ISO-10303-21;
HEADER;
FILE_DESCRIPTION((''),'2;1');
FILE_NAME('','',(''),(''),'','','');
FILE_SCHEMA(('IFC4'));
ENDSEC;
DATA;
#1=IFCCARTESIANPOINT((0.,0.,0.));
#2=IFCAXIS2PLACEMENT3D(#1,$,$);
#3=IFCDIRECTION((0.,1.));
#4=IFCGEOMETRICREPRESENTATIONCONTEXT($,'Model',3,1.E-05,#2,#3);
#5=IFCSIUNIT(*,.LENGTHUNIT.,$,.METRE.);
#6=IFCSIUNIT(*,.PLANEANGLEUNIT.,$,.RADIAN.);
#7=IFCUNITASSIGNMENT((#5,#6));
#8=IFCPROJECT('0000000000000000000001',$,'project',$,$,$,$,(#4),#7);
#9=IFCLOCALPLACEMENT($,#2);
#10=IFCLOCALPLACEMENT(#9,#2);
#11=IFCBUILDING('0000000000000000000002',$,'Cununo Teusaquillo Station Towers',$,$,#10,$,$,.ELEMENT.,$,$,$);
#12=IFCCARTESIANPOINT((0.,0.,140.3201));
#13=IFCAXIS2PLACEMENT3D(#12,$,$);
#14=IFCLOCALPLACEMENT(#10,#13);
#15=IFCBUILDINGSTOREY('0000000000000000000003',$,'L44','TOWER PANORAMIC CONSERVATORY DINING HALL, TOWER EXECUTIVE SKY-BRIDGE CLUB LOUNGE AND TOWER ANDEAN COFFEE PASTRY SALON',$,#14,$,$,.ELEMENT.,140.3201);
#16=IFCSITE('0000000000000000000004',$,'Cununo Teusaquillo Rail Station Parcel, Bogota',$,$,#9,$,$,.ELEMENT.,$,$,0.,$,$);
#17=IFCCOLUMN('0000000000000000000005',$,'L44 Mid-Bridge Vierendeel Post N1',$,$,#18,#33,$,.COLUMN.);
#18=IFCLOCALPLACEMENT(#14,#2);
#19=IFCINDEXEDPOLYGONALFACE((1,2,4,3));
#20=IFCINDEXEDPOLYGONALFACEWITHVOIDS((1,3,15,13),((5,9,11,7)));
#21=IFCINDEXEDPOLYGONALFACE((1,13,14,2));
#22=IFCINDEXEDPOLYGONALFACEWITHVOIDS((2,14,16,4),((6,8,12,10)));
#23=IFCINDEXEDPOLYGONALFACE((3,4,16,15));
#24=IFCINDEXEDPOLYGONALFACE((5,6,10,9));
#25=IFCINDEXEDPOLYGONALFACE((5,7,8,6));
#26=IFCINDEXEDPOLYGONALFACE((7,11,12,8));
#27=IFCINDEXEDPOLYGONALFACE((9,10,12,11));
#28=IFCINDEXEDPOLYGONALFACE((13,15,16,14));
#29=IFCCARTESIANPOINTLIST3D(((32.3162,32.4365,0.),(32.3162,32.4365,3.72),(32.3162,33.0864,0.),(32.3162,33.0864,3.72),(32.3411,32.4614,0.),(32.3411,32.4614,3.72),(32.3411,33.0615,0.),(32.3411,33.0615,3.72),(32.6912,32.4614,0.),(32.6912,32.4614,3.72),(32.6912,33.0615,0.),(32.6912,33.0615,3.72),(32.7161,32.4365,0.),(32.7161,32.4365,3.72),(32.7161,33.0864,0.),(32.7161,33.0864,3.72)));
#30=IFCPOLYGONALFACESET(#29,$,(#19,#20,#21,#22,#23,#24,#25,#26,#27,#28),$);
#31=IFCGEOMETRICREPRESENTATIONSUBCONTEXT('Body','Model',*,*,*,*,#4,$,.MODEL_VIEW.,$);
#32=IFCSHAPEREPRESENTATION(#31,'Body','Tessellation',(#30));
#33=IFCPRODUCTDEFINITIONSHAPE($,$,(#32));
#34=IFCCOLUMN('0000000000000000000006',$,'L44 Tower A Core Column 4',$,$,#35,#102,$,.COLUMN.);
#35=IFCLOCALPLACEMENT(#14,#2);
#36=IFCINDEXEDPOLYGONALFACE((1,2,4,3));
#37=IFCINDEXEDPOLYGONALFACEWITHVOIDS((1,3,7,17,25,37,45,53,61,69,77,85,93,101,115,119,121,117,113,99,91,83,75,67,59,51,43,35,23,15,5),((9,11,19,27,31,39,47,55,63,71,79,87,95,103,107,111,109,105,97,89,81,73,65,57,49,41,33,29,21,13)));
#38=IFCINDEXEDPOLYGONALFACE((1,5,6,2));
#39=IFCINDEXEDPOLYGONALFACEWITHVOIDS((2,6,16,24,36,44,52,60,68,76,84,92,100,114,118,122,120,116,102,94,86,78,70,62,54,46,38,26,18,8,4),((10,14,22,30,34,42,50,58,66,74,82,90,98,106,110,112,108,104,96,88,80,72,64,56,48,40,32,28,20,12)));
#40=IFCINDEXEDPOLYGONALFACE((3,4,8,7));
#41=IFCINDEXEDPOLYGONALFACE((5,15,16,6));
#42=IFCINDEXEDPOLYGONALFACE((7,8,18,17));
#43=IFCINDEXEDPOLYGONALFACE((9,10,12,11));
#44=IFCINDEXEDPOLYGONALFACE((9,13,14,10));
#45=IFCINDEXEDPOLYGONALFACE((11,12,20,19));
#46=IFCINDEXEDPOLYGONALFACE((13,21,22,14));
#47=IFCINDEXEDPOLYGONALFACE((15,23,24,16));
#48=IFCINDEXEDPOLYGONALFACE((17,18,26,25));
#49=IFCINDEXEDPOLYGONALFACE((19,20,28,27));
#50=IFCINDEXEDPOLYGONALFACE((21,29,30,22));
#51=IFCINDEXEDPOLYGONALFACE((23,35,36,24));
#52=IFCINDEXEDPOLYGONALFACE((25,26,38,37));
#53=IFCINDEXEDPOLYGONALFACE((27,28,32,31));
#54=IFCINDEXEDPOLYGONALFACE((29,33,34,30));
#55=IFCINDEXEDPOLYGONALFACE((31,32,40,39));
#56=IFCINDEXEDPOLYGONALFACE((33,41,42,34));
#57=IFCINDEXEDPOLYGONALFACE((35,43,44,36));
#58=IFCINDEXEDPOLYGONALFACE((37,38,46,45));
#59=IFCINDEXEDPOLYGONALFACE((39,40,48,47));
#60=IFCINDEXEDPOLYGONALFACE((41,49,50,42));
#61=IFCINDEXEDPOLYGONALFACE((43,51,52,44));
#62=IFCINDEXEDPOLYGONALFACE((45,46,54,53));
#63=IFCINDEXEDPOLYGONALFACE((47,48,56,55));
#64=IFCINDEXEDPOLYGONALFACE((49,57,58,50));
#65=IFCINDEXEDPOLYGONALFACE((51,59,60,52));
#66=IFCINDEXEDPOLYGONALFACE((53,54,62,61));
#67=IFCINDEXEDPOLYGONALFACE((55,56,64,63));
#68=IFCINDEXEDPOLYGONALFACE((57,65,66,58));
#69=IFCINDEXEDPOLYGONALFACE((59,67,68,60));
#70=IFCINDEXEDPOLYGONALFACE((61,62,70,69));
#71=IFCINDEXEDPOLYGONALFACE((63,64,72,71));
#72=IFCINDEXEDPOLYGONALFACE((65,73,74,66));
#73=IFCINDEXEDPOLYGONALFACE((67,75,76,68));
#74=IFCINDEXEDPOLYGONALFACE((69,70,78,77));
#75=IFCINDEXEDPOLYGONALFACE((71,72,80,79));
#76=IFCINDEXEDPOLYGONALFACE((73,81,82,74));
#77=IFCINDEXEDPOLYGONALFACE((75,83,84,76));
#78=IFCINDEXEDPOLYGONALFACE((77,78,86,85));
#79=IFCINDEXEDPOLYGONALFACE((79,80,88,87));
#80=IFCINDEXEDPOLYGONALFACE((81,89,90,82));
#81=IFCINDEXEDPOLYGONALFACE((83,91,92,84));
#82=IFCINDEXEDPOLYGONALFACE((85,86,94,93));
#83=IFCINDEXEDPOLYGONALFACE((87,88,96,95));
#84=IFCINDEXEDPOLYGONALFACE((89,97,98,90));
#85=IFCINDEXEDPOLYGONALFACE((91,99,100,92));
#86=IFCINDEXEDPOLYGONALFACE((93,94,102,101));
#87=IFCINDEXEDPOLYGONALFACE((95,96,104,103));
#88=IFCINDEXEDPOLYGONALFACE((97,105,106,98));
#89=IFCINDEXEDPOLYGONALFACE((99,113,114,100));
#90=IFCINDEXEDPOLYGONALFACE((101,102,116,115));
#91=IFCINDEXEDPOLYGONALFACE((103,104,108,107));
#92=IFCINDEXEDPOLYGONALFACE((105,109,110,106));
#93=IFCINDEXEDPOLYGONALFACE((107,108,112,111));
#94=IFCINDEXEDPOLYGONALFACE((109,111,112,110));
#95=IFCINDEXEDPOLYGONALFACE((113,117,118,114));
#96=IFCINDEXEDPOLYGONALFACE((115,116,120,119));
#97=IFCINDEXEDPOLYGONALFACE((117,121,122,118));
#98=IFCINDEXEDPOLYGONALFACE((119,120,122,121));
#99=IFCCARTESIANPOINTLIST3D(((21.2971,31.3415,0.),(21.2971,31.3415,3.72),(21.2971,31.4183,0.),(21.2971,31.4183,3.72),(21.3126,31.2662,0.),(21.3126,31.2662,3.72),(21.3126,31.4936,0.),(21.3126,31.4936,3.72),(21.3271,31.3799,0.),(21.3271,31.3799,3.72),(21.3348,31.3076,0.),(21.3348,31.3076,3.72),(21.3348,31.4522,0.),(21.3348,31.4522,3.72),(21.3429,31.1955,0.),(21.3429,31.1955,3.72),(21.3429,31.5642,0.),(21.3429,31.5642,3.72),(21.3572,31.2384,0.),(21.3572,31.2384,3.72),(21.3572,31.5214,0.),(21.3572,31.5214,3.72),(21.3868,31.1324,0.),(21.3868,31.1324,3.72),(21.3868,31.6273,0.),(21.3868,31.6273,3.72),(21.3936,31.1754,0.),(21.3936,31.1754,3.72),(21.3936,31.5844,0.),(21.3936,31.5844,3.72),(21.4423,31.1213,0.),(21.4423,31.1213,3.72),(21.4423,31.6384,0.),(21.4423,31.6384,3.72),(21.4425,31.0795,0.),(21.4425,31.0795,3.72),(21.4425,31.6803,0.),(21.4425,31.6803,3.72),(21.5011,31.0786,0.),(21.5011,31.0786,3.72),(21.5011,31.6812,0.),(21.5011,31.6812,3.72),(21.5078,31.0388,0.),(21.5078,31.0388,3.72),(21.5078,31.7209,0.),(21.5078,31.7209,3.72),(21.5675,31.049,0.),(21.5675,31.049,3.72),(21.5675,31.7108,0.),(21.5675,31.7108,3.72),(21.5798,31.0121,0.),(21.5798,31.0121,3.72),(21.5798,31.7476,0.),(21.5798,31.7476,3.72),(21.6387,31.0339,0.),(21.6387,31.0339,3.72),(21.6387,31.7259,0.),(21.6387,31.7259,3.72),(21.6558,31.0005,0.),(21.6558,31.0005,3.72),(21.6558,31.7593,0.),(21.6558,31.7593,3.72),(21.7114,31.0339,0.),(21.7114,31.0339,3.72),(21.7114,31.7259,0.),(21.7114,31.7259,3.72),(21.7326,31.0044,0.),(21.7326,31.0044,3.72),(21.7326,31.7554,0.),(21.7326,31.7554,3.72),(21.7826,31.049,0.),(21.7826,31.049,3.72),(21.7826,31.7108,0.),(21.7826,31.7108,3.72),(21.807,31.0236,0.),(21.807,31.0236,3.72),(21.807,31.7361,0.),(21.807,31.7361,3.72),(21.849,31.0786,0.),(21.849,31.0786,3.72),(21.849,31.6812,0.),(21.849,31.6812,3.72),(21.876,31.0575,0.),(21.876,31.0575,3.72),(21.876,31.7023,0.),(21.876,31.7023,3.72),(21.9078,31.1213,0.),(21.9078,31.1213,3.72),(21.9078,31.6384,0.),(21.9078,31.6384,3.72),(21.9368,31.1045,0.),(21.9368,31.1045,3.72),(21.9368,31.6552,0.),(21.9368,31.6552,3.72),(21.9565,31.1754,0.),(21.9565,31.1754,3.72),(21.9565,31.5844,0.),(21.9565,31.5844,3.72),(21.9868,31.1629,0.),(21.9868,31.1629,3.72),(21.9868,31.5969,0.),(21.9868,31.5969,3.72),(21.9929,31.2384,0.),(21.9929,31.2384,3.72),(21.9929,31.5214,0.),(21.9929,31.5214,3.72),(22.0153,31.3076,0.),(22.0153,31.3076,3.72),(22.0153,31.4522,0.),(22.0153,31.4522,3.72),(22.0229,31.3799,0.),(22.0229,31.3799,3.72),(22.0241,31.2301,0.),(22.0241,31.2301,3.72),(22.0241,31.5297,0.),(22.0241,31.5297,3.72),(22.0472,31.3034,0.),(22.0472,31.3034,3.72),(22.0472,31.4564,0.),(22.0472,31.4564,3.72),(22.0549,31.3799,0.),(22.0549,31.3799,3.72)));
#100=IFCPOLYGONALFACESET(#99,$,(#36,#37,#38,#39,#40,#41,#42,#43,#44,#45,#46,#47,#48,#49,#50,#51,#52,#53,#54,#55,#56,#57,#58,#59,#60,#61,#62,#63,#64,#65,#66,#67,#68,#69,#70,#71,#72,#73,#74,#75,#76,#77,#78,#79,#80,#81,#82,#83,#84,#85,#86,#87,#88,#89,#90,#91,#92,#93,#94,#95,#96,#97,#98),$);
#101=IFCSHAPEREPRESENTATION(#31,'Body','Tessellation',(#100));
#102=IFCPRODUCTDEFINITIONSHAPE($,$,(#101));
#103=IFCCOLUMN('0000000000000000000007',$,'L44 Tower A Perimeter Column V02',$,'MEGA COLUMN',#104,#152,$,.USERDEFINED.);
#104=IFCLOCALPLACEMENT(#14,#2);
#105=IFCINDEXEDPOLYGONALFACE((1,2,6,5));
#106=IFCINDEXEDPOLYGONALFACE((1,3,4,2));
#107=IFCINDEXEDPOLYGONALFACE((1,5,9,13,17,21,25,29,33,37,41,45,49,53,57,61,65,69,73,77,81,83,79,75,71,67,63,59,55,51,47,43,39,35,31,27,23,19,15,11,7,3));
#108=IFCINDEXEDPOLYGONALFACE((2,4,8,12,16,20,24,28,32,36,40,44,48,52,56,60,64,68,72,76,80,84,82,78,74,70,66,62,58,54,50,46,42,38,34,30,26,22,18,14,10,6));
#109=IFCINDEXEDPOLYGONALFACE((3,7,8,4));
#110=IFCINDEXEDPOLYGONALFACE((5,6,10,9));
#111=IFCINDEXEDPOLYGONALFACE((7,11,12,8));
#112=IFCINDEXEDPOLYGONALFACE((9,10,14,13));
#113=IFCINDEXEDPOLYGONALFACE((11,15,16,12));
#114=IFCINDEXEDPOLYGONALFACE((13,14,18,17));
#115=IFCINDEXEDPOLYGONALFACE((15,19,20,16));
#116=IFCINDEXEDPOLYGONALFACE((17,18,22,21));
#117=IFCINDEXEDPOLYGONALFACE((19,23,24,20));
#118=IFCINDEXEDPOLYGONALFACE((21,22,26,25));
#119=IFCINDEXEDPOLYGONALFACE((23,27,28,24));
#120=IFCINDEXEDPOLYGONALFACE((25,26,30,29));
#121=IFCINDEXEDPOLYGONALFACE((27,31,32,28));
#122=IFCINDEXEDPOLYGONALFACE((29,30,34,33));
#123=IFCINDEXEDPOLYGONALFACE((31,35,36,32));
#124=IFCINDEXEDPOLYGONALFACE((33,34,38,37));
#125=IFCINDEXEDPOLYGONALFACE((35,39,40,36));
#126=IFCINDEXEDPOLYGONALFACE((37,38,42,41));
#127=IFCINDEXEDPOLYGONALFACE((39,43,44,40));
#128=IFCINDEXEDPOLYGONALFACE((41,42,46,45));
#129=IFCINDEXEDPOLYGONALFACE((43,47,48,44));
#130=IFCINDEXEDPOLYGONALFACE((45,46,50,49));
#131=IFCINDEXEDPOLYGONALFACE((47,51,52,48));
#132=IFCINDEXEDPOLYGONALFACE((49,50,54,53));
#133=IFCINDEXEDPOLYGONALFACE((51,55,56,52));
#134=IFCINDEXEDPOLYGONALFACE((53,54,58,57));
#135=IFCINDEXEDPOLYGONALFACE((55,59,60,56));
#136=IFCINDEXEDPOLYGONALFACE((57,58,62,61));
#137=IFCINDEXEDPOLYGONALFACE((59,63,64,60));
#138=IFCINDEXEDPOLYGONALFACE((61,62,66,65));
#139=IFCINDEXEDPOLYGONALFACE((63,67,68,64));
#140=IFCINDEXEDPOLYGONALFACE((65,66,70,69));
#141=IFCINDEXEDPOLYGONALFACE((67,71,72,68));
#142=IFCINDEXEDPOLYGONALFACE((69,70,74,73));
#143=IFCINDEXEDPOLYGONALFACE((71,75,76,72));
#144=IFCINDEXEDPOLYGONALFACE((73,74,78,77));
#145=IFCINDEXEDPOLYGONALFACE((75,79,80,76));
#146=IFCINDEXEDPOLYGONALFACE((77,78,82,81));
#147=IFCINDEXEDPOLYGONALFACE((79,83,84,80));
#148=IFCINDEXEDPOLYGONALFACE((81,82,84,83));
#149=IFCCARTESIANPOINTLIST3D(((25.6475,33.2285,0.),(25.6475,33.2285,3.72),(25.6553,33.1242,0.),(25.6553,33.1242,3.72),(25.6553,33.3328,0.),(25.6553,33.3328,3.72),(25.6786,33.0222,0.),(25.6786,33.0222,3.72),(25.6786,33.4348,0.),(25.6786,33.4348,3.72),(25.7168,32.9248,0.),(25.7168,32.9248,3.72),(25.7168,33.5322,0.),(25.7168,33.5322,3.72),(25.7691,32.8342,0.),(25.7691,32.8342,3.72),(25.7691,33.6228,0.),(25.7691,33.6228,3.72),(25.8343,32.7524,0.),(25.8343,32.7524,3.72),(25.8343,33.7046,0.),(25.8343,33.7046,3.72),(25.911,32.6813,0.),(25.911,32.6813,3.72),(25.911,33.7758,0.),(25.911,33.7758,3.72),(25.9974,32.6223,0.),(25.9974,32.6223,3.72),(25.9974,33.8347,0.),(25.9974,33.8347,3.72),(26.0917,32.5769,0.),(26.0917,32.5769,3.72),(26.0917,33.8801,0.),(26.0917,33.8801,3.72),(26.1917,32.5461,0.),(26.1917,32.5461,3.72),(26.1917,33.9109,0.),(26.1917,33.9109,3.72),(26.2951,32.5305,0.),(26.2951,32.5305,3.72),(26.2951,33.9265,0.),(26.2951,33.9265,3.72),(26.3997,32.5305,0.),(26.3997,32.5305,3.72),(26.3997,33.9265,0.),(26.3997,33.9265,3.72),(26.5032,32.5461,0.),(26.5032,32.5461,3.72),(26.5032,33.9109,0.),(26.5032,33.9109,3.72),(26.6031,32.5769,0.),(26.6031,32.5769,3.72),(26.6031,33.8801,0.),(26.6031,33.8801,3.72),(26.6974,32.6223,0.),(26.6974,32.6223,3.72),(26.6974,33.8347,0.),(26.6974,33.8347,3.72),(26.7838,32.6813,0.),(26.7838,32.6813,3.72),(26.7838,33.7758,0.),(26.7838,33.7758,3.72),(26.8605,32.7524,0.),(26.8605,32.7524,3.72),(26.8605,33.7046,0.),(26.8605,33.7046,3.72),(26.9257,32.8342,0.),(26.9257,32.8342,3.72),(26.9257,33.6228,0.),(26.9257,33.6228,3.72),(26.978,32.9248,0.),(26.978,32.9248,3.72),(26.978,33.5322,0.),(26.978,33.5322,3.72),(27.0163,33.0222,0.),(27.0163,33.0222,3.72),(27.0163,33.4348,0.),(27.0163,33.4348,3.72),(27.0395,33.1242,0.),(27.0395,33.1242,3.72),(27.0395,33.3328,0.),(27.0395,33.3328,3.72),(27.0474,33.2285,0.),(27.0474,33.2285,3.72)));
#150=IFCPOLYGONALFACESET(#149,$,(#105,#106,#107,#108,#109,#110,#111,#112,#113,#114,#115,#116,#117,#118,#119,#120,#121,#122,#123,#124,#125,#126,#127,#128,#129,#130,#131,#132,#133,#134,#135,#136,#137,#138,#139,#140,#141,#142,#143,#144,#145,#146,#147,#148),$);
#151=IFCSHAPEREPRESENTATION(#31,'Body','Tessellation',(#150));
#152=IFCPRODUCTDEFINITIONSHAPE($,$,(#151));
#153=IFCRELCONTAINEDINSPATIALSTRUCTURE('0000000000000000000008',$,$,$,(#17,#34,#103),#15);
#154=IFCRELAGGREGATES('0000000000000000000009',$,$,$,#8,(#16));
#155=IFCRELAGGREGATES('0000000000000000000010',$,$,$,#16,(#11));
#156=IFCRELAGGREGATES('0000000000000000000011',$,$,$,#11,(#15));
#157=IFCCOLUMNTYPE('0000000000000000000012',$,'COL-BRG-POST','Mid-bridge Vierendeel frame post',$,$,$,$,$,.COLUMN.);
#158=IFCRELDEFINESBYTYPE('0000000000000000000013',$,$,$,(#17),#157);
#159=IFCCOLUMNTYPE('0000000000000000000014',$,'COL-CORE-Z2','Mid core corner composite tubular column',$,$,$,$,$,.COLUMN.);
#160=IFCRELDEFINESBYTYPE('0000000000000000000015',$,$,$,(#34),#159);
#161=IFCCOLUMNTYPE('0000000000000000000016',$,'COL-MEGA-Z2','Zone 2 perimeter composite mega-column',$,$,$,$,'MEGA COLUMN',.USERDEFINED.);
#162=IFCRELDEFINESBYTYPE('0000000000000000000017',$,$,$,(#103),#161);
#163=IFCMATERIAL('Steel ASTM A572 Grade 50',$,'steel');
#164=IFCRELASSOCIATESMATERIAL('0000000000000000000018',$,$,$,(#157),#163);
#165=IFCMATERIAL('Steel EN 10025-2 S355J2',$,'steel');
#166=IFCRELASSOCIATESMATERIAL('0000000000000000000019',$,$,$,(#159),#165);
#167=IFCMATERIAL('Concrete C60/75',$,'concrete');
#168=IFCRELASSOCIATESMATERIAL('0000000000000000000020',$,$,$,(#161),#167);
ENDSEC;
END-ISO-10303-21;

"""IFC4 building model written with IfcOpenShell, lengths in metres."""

from ifc_helpers import new_model, si_unit, direction, frame, origin, origin_2d, place, context, subcontext, project, spatial, hollow_rectangle, circle, hollow_circle, extrude, material, material_profile, profile_set, type_object, element, save


model = new_model("IFC4")

# Units and contexts
model_context = context("Model", 3, precision=1e-05, world=origin(), true_north=direction((0.0, 1.0)))
body_context = subcontext(model_context, "Body", "Model", "MODEL_VIEW")
ifc_project = project(units=[si_unit("LENGTHUNIT", "METRE"), si_unit("PLANEANGLEUNIT", "RADIAN")], contexts=[model_context])

# Site, building, storey
site_placement = place(None, origin())
site = spatial("IfcSite", under=ifc_project, at=site_placement, Name="Cununo Teusaquillo Rail Station Parcel, Bogota", CompositionType="ELEMENT", RefElevation=0.0)
building_placement = place(site_placement, origin())
building = spatial("IfcBuilding", under=site, at=building_placement, Name="Cununo Teusaquillo Station Towers", CompositionType="ELEMENT")
storey_placement = place(building_placement, frame((0.0, 0.0, 140.3201)))
storey = spatial("IfcBuildingStorey", under=building, at=storey_placement, Name="L44", Description="TOWER PANORAMIC CONSERVATORY DINING HALL, TOWER EXECUTIVE SKY-BRIDGE CLUB LOUNGE AND TOWER ANDEAN COFFEE PASTRY SALON", CompositionType="ELEMENT", Elevation=140.3201)

# Columns
ifc_material_1 = material(Name="Steel ASTM A572 Grade 50", Category="steel")
ifc_material_profile_1 = material_profile(ifc_material_1, hollow_rectangle(XDim=0.3999, YDim=0.6499, WallThickness=0.0249, at=origin_2d()), Name="RHS 650x400x25")
ifc_profile_set_1 = profile_set([ifc_material_profile_1], Name="Steel ASTM A572 Grade 50")
column_type_1 = type_object("IfcColumnType", Name="COL-BRG-POST", Description="Mid-bridge Vierendeel frame post", PredefinedType="COLUMN", material=ifc_profile_set_1)
column_1_placement = place(storey_placement, frame((32.5161, 32.7615, 0.0), z_axis=(0.0, 0.0, 1.0), x_axis=(1.0, 0.0, 0.0)))
element("IfcColumn", 1, at=column_1_placement, inside=storey, type_object=column_type_1, Name="L44 Mid-Bridge Vierendeel Post N1", PredefinedType="COLUMN", context=body_context, shape_type="SweptSolid", body=[
    extrude(hollow_rectangle(XDim=0.3999, YDim=0.6499, WallThickness=0.0249, at=origin_2d()), origin(), (0.0, 0.0, 1.0), 3.72),
])
ifc_material_2 = material(Name="Steel EN 10025-2 S355J2", Category="steel")
ifc_material_profile_2 = material_profile(ifc_material_2, hollow_circle(Radius=0.3799, WallThickness=0.032, at=origin_2d()), Name="CHS 760x32")
ifc_profile_set_2 = profile_set([ifc_material_profile_2], Name="Steel EN 10025-2 S355J2")
column_type_2 = type_object("IfcColumnType", Name="COL-CORE-Z2", Description="Mid core corner composite tubular column", PredefinedType="COLUMN", material=ifc_profile_set_2)
column_2_placement = place(storey_placement, frame((21.675, 31.3799, 0.0), z_axis=(0.0, 0.0, 1.0), x_axis=(1.0, 0.0, 0.0)))
element("IfcColumn", 2, at=column_2_placement, inside=storey, type_object=column_type_2, Name="L44 Tower A Core Column 4", PredefinedType="COLUMN", context=body_context, shape_type="SweptSolid", body=[
    extrude(hollow_circle(Radius=0.3799, WallThickness=0.032, at=origin_2d()), origin(), (0.0, 0.0, 1.0), 3.72),
])
ifc_material_3 = material(Name="Concrete C60/75", Category="concrete")
ifc_material_profile_3 = material_profile(ifc_material_3, circle(Radius=0.7, at=origin_2d()), Name="RC-CIRC-1400")
ifc_profile_set_3 = profile_set([ifc_material_profile_3], Name="Concrete C60/75")
column_type_3 = type_object("IfcColumnType", Name="COL-MEGA-Z2", Description="Zone 2 perimeter composite mega-column", ElementType="MEGA COLUMN", PredefinedType="USERDEFINED", material=ifc_profile_set_3)
column_3_placement = place(storey_placement, frame((26.3474, 33.2285, 0.0), z_axis=(0.0, 0.0, 1.0), x_axis=(1.0, 0.0, 0.0)))
element("IfcColumn", 3, at=column_3_placement, inside=storey, type_object=column_type_3, Name="L44 Tower A Perimeter Column V02", ObjectType="MEGA COLUMN", PredefinedType="USERDEFINED", context=body_context, shape_type="SweptSolid", body=[
    extrude(circle(Radius=0.7, at=origin_2d()), origin(), (0.0, 0.0, 1.0), 3.72),
])

save(model, "model.ifc")
